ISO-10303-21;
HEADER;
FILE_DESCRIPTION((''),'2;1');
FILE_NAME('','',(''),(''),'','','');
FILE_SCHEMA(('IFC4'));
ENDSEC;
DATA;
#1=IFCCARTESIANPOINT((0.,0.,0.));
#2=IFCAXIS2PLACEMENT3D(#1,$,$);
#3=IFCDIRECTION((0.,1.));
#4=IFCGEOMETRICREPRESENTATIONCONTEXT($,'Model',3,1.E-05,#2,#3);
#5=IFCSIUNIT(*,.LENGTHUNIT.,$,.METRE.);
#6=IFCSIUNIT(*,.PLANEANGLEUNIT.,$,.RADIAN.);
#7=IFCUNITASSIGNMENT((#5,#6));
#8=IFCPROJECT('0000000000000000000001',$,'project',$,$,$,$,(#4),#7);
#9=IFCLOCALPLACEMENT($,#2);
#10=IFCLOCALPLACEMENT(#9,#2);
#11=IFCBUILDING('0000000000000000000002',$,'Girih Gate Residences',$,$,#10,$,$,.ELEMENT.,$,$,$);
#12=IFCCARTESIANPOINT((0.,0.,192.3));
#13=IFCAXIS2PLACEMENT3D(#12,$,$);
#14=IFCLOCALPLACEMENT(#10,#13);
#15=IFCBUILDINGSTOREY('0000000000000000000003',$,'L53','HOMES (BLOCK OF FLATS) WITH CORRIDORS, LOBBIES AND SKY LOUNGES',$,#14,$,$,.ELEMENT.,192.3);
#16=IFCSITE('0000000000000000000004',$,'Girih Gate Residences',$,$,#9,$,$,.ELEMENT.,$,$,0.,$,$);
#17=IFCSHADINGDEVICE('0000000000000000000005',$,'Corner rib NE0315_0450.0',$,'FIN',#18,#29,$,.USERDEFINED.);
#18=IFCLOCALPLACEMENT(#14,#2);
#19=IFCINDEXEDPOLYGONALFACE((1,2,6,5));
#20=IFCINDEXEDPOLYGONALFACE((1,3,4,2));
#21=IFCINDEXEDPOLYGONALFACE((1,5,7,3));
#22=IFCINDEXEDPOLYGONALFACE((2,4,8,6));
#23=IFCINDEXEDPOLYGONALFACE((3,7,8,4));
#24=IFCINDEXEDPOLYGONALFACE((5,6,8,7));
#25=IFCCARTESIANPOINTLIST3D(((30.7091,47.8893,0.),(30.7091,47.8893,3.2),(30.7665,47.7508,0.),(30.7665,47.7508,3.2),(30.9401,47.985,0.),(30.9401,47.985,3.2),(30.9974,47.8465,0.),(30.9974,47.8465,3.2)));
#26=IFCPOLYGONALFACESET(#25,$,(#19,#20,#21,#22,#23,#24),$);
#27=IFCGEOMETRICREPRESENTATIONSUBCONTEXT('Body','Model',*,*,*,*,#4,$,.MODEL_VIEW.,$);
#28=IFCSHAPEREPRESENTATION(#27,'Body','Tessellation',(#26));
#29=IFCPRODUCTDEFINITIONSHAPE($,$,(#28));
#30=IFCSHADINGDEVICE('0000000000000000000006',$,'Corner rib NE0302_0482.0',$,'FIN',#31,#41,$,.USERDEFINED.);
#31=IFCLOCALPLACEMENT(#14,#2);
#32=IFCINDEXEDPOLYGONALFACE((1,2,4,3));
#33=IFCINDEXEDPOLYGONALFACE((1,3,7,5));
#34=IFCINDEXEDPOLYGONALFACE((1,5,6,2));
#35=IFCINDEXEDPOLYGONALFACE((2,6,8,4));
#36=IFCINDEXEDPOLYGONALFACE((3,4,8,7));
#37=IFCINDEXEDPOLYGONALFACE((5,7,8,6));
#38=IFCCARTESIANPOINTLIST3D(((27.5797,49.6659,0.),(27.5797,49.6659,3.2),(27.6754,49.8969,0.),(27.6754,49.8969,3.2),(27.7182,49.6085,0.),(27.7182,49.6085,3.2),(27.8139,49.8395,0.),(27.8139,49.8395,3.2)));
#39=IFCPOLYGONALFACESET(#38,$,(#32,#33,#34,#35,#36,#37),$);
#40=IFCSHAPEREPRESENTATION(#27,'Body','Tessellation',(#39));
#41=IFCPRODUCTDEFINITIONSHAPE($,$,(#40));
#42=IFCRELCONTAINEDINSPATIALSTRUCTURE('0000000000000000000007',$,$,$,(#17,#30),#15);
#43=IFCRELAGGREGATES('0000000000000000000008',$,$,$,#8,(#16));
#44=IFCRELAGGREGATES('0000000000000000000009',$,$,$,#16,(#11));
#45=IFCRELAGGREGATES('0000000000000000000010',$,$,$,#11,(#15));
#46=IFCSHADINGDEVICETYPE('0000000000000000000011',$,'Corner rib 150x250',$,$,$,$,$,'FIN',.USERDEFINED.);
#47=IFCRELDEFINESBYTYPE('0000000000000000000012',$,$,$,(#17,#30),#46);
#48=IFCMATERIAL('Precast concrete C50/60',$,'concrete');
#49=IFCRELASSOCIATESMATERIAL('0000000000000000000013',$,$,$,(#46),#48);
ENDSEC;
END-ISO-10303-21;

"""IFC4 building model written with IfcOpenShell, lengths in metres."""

from ifc_helpers import new_model, si_unit, direction, frame, origin, origin_2d, place, context, subcontext, project, spatial, rectangle, extrude, material, type_object, element, save


model = new_model("IFC4")

# Units and contexts
model_context = context("Model", 3, precision=1e-05, world=origin(), true_north=direction((0.0, 1.0)))
body_context = subcontext(model_context, "Body", "Model", "MODEL_VIEW")
ifc_project = project(units=[si_unit("LENGTHUNIT", "METRE"), si_unit("PLANEANGLEUNIT", "RADIAN")], contexts=[model_context])

# Site, building, storey
site_placement = place(None, origin())
site = spatial("IfcSite", under=ifc_project, at=site_placement, Name="Girih Gate Residences", CompositionType="ELEMENT", RefElevation=0.0)
building_placement = place(site_placement, origin())
building = spatial("IfcBuilding", under=site, at=building_placement, Name="Girih Gate Residences", CompositionType="ELEMENT")
storey_placement = place(building_placement, frame((0.0, 0.0, 192.3)))
storey = spatial("IfcBuildingStorey", under=building, at=storey_placement, Name="L53", Description="HOMES (BLOCK OF FLATS) WITH CORRIDORS, LOBBIES AND SKY LOUNGES", CompositionType="ELEMENT", Elevation=192.3)

# Shared definitions
ifc_material_1 = material(Name="Precast concrete C50/60", Category="concrete")

# Shading devices
shading_device_type = type_object("IfcShadingDeviceType", Name="Corner rib 150x250", ElementType="FIN", PredefinedType="USERDEFINED", material=ifc_material_1)
for number, where, z_axis, x_axis, name in (
    (1, (30.8533, 47.8679, 0.0), (0.0, 0.0, 1.0), (-0.382683, 0.92388, 0.0), "Corner rib NE0315_0450.0"),
    (2, (27.6968, 49.7527, 0.0), (0.0, 0.0, 1.0), (-0.92388, 0.382683, 0.0), "Corner rib NE0302_0482.0"),
):
    element("IfcShadingDevice", number, at=place(storey_placement, frame(where, z_axis=z_axis, x_axis=x_axis)), inside=storey, type_object=shading_device_type, Name=name, ObjectType="FIN", PredefinedType="USERDEFINED", context=body_context, shape_type="SweptSolid", body=[
        extrude(rectangle(XDim=0.1499, YDim=0.25, at=origin_2d()), origin(), (0.0, 0.0, 1.0), 3.2),
    ])

save(model, "model.ifc")
